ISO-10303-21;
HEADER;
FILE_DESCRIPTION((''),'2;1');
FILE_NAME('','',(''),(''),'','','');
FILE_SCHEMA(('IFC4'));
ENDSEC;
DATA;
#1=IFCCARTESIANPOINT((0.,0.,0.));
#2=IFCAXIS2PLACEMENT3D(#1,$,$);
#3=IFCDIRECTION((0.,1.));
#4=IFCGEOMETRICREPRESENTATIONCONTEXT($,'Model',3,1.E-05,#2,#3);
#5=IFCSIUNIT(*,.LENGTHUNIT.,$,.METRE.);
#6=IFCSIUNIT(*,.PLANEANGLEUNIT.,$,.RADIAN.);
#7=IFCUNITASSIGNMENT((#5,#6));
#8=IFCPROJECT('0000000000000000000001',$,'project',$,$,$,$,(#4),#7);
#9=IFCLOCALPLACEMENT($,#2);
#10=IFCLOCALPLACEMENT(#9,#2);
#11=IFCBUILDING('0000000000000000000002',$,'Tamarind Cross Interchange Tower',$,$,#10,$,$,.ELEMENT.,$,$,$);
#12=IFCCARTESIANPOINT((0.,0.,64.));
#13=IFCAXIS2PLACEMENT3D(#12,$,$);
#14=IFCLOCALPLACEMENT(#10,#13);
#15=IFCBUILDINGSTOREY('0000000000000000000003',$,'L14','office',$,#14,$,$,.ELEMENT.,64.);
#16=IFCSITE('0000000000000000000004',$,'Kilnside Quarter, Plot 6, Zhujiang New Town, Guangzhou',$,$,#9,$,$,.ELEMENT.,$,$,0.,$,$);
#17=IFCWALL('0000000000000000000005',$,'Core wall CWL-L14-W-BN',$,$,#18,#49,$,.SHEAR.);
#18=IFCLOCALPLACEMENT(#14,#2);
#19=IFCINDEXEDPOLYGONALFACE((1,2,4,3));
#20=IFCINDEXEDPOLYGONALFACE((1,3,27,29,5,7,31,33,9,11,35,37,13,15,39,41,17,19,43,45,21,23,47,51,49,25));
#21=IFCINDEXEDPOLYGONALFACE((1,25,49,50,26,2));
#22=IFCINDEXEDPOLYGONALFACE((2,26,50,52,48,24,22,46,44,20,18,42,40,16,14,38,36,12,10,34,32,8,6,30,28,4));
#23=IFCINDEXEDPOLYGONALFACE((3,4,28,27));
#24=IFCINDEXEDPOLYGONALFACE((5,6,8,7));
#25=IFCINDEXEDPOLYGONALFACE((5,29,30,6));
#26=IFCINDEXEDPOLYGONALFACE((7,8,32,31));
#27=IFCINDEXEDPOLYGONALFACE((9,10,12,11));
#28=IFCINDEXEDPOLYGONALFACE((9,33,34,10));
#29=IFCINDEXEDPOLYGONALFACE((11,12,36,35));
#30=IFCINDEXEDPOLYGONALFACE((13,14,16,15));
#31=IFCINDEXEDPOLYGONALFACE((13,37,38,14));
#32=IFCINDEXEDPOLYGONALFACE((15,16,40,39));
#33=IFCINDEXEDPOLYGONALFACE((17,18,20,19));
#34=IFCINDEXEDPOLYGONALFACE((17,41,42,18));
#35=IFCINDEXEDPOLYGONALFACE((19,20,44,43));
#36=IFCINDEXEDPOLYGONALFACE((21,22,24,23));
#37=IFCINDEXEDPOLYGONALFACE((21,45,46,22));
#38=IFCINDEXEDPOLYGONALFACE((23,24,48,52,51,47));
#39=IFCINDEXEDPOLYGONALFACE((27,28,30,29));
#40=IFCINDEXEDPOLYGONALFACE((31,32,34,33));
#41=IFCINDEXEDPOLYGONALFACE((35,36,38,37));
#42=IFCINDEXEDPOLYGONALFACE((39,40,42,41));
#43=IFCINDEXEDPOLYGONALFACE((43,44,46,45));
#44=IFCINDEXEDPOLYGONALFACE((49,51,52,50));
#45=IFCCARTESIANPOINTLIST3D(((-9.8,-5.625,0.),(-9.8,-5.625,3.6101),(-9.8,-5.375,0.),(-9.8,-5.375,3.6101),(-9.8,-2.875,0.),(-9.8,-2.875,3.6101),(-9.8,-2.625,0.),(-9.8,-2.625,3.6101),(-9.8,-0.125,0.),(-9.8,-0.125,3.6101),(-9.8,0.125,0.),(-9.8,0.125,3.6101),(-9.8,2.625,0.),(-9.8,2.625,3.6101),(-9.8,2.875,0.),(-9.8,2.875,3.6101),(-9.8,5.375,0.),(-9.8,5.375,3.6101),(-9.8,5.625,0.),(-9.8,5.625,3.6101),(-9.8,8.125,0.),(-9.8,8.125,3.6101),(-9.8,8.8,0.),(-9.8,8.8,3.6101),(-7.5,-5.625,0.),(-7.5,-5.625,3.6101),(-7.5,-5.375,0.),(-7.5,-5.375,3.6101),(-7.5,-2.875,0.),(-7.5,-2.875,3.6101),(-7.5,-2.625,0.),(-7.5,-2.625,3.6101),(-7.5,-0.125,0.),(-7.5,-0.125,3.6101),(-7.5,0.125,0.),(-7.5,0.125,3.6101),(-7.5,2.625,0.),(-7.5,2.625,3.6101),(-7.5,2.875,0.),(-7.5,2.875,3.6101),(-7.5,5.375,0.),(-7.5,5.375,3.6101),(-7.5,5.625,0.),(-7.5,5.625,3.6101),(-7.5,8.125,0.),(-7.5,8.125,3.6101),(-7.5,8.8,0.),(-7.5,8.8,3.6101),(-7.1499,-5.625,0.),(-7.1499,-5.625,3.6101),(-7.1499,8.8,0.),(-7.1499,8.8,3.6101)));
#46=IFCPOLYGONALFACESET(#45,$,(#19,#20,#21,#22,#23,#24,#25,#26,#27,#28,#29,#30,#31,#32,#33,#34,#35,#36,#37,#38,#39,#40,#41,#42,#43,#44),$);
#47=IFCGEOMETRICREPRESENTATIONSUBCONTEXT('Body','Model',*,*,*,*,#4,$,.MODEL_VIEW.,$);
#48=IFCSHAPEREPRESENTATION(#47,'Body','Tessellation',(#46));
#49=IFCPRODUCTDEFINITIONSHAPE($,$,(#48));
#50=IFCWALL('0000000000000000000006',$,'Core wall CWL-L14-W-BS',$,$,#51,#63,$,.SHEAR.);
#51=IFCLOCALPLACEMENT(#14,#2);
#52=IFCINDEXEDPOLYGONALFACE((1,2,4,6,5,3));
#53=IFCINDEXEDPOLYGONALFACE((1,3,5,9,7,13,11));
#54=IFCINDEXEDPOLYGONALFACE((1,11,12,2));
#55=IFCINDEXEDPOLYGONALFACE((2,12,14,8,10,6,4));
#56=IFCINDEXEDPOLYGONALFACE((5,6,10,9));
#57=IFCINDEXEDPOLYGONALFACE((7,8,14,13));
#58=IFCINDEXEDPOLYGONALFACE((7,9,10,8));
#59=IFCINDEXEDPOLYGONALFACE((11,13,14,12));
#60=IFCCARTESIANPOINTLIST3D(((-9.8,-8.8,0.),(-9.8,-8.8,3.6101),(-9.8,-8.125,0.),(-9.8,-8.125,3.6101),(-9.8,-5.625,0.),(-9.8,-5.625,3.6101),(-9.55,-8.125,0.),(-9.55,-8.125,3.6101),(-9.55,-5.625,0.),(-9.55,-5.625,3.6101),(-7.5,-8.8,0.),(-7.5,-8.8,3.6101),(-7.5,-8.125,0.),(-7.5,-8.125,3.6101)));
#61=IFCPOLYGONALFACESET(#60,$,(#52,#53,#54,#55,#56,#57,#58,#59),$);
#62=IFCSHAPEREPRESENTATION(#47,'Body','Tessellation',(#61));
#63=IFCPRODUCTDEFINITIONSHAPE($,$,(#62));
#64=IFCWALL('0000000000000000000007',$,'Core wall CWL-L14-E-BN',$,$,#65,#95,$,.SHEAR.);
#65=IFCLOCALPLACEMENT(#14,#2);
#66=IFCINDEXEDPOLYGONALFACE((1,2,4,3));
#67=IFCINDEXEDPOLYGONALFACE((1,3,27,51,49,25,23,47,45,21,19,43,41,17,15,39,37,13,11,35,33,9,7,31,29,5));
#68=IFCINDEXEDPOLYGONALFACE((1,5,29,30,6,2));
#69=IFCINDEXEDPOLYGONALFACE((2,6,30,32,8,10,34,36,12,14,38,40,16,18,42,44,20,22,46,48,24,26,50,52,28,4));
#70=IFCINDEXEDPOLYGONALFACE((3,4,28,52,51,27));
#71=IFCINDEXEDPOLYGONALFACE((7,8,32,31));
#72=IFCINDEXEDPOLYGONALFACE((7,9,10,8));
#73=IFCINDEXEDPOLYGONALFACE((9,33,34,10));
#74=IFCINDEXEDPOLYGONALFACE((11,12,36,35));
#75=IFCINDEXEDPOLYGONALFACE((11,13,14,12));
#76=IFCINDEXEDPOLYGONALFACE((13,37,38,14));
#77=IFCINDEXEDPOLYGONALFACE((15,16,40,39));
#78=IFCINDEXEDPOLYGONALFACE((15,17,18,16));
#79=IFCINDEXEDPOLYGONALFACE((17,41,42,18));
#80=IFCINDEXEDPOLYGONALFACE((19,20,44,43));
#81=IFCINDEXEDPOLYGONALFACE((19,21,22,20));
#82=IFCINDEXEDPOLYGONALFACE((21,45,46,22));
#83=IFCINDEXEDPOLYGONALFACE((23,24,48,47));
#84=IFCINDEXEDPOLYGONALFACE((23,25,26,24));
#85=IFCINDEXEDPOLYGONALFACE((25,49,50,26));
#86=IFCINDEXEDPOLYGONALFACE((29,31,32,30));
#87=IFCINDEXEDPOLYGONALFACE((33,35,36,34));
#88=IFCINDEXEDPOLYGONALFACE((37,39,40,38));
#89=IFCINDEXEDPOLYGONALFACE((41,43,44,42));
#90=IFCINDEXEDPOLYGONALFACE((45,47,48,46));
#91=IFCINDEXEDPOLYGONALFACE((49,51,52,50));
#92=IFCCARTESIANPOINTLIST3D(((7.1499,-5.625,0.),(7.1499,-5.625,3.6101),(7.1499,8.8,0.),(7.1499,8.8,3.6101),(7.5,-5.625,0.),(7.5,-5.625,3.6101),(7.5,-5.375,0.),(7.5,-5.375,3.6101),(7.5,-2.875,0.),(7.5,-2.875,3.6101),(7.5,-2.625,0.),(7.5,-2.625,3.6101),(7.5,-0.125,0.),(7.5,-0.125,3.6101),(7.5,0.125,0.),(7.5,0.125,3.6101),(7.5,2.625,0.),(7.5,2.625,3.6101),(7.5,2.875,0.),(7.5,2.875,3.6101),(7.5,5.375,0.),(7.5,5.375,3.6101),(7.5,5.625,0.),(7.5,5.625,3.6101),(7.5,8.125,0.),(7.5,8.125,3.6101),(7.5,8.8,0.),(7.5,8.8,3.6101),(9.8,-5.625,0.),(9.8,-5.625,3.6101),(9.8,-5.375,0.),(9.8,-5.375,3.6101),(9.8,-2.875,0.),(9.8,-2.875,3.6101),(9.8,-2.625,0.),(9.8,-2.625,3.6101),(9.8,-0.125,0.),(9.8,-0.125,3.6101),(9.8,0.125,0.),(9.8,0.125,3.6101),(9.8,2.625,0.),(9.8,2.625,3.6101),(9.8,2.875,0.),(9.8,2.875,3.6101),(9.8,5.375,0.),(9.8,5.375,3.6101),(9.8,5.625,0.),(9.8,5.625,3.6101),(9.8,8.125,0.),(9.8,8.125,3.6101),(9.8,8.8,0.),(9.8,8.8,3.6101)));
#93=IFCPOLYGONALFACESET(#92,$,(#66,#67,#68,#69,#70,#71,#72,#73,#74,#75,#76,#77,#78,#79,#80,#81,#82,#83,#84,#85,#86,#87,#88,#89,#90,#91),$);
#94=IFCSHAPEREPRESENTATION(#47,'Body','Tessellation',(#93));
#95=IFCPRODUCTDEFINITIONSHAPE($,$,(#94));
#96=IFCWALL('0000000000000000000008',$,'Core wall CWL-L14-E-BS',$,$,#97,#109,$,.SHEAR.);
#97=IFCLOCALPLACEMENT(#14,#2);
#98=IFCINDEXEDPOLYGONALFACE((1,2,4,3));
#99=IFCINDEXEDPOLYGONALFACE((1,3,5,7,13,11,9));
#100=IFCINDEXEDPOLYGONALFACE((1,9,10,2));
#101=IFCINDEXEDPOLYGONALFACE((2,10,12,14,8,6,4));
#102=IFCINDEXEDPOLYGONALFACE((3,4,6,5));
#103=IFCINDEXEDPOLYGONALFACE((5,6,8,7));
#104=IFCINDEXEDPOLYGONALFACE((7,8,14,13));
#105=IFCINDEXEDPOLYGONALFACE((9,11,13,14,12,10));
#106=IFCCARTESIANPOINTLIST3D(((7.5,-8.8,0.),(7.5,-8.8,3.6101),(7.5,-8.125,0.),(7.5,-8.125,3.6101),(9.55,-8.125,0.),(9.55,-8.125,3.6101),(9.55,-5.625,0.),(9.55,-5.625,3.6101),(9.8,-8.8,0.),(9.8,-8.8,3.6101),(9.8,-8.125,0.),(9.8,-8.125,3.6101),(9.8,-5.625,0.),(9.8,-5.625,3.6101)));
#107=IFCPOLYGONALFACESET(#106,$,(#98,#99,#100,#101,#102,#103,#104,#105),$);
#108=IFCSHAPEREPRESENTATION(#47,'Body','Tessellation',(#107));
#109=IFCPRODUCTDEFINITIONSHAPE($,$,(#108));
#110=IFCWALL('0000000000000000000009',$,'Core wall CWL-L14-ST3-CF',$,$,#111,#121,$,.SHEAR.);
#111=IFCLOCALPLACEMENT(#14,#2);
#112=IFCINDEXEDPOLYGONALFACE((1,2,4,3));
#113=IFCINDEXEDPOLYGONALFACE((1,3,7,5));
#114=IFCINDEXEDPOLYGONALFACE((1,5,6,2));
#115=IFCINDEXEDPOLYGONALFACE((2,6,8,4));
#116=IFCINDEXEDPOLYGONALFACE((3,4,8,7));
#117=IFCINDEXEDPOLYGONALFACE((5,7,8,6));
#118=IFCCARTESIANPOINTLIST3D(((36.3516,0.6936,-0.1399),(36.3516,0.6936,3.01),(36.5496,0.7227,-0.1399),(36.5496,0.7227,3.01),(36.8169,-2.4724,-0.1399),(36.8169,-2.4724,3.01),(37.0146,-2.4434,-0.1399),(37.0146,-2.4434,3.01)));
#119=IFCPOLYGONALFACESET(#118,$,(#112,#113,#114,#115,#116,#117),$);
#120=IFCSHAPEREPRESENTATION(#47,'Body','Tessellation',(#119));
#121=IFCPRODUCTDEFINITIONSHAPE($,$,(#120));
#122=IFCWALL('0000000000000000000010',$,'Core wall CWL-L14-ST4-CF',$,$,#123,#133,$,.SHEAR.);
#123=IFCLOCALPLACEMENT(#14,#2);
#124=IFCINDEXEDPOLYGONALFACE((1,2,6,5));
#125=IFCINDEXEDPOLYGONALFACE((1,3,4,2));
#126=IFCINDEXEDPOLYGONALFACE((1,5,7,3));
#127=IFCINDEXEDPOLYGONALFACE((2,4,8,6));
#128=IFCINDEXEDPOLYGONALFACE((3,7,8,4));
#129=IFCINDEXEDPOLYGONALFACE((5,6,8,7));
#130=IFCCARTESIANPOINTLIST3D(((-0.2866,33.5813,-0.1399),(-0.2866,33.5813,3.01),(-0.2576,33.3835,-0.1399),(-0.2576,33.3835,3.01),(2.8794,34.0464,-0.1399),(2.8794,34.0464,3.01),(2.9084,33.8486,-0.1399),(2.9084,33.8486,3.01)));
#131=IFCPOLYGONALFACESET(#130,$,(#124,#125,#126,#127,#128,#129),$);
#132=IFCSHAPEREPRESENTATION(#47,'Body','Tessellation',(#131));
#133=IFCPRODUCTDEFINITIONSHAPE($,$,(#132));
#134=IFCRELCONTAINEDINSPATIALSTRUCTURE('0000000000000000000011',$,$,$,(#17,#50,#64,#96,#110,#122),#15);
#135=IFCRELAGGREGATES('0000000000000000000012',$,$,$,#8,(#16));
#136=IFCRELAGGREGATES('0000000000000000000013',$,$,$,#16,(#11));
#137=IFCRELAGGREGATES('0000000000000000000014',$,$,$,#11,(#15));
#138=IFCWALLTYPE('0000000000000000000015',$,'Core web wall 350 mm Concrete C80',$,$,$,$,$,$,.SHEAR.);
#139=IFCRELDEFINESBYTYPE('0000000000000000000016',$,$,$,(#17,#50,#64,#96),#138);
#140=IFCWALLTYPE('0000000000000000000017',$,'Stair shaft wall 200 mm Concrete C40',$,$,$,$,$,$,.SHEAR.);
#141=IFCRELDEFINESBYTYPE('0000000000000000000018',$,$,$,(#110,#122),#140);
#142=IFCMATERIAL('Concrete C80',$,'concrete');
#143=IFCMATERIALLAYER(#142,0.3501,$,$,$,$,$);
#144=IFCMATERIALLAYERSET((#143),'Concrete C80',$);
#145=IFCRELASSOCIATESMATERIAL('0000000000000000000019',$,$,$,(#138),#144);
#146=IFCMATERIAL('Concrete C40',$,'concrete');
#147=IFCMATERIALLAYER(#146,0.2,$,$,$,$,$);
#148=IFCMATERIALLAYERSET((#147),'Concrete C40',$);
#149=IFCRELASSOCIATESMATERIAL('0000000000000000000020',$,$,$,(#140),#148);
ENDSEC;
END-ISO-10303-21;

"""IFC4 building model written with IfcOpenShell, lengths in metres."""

from ifc_helpers import new_model, si_unit, direction, frame, origin, place, context, subcontext, project, spatial, polyline, outline, extrude, material, layer, layer_set, type_object, element, save


model = new_model("IFC4")

# Units and contexts
model_context = context("Model", 3, precision=1e-05, world=origin(), true_north=direction((0.0, 1.0)))
body_context = subcontext(model_context, "Body", "Model", "MODEL_VIEW")
ifc_project = project(units=[si_unit("LENGTHUNIT", "METRE"), si_unit("PLANEANGLEUNIT", "RADIAN")], contexts=[model_context])

# Site, building, storey
site_placement = place(None, origin())
site = spatial("IfcSite", under=ifc_project, at=site_placement, Name="Kilnside Quarter, Plot 6, Zhujiang New Town, Guangzhou", CompositionType="ELEMENT", RefElevation=0.0)
building_placement = place(site_placement, origin())
building = spatial("IfcBuilding", under=site, at=building_placement, Name="Tamarind Cross Interchange Tower", CompositionType="ELEMENT")
storey_placement = place(building_placement, frame((0.0, 0.0, 64.0)))
storey = spatial("IfcBuildingStorey", under=building, at=storey_placement, Name="L14", Description="office", CompositionType="ELEMENT", Elevation=64.0)

# Shared definitions
ifc_material_1 = material(Name="Concrete C40", Category="concrete")

# Walls
ifc_material_2 = material(Name="Concrete C80", Category="concrete")
ifc_layer_1 = layer(ifc_material_2, 0.3501)
ifc_layer_set_1 = layer_set([ifc_layer_1], Name="Concrete C80")
wall_type_1 = type_object("IfcWallType", Name="Core web wall 350 mm Concrete C80", PredefinedType="SHEAR", material=ifc_layer_set_1)
wall_1_placement = place(storey_placement, origin())
element("IfcWall", 1, at=wall_1_placement, inside=storey, type_object=wall_type_1, Name="Core wall CWL-L14-W-BN", PredefinedType="SHEAR", context=body_context, shape_type="SweptSolid", body=[
    extrude(outline(polyline([(-9.8, -5.375), (-9.8, -5.625), (-7.5, -5.625), (-7.1499, -5.625), (-7.1499, 8.8), (-7.5, 8.8), (-9.8, 8.8), (-9.8, 8.125), (-7.5, 8.125), (-7.5, 5.625), (-9.8, 5.625), (-9.8, 5.375), (-7.5, 5.375), (-7.5, 2.875), (-9.8, 2.875), (-9.8, 2.625), (-7.5, 2.625), (-7.5, 0.125), (-9.8, 0.125), (-9.8, -0.125), (-7.5, -0.125), (-7.5, -2.625), (-9.8, -2.625), (-9.8, -2.875), (-7.5, -2.875), (-7.5, -5.375), (-9.8, -5.375)])), origin(), (0.0, 0.0, 1.0), 3.6101),
])
wall_2_placement = place(storey_placement, origin())
element("IfcWall", 2, at=wall_2_placement, inside=storey, type_object=wall_type_1, Name="Core wall CWL-L14-W-BS", PredefinedType="SHEAR", context=body_context, shape_type="SweptSolid", body=[
    extrude(outline(polyline([(-7.5, -8.125), (-9.55, -8.125), (-9.55, -5.625), (-9.8, -5.625), (-9.8, -8.125), (-9.8, -8.8), (-7.5, -8.8), (-7.5, -8.125)])), origin(), (0.0, 0.0, 1.0), 3.6101),
])
wall_3_placement = place(storey_placement, origin())
element("IfcWall", 3, at=wall_3_placement, inside=storey, type_object=wall_type_1, Name="Core wall CWL-L14-E-BN", PredefinedType="SHEAR", context=body_context, shape_type="SweptSolid", body=[
    extrude(outline(polyline([(9.8, -5.375), (7.5, -5.375), (7.5, -2.875), (9.8, -2.875), (9.8, -2.625), (7.5, -2.625), (7.5, -0.125), (9.8, -0.125), (9.8, 0.125), (7.5, 0.125), (7.5, 2.625), (9.8, 2.625), (9.8, 2.875), (7.5, 2.875), (7.5, 5.375), (9.8, 5.375), (9.8, 5.625), (7.5, 5.625), (7.5, 8.125), (9.8, 8.125), (9.8, 8.8), (7.5, 8.8), (7.1499, 8.8), (7.1499, -5.625), (7.5, -5.625), (9.8, -5.625), (9.8, -5.375)])), origin(), (0.0, 0.0, 1.0), 3.6101),
])
wall_4_placement = place(storey_placement, origin())
element("IfcWall", 4, at=wall_4_placement, inside=storey, type_object=wall_type_1, Name="Core wall CWL-L14-E-BS", PredefinedType="SHEAR", context=body_context, shape_type="SweptSolid", body=[
    extrude(outline(polyline([(7.5, -8.125), (7.5, -8.8), (9.8, -8.8), (9.8, -8.125), (9.8, -5.625), (9.55, -5.625), (9.55, -8.125), (7.5, -8.125)])), origin(), (0.0, 0.0, 1.0), 3.6101),
])
ifc_layer_2 = layer(ifc_material_1, 0.2)
ifc_layer_set_2 = layer_set([ifc_layer_2], Name="Concrete C40")
wall_type_2 = type_object("IfcWallType", Name="Stair shaft wall 200 mm Concrete C40", PredefinedType="SHEAR", material=ifc_layer_set_2)
wall_5_placement = place(storey_placement, frame((0.0, 0.0, -0.1399)))
element("IfcWall", 5, at=wall_5_placement, inside=storey, type_object=wall_type_2, Name="Core wall CWL-L14-ST3-CF", PredefinedType="SHEAR", context=body_context, shape_type="SweptSolid", body=[
    extrude(outline(polyline([(36.8169, -2.4724), (37.0146, -2.4434), (36.5496, 0.7227), (36.3516, 0.6936), (36.8169, -2.4724)])), origin(), (0.0, 0.0, 1.0), 3.1499),
])
wall_6_placement = place(storey_placement, frame((0.0, 0.0, -0.1399)))
element("IfcWall", 6, at=wall_6_placement, inside=storey, type_object=wall_type_2, Name="Core wall CWL-L14-ST4-CF", PredefinedType="SHEAR", context=body_context, shape_type="SweptSolid", body=[
    extrude(outline(polyline([(2.9084, 33.8486), (2.8794, 34.0464), (-0.2866, 33.5813), (-0.2576, 33.3835), (2.9084, 33.8486)])), origin(), (0.0, 0.0, 1.0), 3.1499),
])

save(model, "model.ifc")
